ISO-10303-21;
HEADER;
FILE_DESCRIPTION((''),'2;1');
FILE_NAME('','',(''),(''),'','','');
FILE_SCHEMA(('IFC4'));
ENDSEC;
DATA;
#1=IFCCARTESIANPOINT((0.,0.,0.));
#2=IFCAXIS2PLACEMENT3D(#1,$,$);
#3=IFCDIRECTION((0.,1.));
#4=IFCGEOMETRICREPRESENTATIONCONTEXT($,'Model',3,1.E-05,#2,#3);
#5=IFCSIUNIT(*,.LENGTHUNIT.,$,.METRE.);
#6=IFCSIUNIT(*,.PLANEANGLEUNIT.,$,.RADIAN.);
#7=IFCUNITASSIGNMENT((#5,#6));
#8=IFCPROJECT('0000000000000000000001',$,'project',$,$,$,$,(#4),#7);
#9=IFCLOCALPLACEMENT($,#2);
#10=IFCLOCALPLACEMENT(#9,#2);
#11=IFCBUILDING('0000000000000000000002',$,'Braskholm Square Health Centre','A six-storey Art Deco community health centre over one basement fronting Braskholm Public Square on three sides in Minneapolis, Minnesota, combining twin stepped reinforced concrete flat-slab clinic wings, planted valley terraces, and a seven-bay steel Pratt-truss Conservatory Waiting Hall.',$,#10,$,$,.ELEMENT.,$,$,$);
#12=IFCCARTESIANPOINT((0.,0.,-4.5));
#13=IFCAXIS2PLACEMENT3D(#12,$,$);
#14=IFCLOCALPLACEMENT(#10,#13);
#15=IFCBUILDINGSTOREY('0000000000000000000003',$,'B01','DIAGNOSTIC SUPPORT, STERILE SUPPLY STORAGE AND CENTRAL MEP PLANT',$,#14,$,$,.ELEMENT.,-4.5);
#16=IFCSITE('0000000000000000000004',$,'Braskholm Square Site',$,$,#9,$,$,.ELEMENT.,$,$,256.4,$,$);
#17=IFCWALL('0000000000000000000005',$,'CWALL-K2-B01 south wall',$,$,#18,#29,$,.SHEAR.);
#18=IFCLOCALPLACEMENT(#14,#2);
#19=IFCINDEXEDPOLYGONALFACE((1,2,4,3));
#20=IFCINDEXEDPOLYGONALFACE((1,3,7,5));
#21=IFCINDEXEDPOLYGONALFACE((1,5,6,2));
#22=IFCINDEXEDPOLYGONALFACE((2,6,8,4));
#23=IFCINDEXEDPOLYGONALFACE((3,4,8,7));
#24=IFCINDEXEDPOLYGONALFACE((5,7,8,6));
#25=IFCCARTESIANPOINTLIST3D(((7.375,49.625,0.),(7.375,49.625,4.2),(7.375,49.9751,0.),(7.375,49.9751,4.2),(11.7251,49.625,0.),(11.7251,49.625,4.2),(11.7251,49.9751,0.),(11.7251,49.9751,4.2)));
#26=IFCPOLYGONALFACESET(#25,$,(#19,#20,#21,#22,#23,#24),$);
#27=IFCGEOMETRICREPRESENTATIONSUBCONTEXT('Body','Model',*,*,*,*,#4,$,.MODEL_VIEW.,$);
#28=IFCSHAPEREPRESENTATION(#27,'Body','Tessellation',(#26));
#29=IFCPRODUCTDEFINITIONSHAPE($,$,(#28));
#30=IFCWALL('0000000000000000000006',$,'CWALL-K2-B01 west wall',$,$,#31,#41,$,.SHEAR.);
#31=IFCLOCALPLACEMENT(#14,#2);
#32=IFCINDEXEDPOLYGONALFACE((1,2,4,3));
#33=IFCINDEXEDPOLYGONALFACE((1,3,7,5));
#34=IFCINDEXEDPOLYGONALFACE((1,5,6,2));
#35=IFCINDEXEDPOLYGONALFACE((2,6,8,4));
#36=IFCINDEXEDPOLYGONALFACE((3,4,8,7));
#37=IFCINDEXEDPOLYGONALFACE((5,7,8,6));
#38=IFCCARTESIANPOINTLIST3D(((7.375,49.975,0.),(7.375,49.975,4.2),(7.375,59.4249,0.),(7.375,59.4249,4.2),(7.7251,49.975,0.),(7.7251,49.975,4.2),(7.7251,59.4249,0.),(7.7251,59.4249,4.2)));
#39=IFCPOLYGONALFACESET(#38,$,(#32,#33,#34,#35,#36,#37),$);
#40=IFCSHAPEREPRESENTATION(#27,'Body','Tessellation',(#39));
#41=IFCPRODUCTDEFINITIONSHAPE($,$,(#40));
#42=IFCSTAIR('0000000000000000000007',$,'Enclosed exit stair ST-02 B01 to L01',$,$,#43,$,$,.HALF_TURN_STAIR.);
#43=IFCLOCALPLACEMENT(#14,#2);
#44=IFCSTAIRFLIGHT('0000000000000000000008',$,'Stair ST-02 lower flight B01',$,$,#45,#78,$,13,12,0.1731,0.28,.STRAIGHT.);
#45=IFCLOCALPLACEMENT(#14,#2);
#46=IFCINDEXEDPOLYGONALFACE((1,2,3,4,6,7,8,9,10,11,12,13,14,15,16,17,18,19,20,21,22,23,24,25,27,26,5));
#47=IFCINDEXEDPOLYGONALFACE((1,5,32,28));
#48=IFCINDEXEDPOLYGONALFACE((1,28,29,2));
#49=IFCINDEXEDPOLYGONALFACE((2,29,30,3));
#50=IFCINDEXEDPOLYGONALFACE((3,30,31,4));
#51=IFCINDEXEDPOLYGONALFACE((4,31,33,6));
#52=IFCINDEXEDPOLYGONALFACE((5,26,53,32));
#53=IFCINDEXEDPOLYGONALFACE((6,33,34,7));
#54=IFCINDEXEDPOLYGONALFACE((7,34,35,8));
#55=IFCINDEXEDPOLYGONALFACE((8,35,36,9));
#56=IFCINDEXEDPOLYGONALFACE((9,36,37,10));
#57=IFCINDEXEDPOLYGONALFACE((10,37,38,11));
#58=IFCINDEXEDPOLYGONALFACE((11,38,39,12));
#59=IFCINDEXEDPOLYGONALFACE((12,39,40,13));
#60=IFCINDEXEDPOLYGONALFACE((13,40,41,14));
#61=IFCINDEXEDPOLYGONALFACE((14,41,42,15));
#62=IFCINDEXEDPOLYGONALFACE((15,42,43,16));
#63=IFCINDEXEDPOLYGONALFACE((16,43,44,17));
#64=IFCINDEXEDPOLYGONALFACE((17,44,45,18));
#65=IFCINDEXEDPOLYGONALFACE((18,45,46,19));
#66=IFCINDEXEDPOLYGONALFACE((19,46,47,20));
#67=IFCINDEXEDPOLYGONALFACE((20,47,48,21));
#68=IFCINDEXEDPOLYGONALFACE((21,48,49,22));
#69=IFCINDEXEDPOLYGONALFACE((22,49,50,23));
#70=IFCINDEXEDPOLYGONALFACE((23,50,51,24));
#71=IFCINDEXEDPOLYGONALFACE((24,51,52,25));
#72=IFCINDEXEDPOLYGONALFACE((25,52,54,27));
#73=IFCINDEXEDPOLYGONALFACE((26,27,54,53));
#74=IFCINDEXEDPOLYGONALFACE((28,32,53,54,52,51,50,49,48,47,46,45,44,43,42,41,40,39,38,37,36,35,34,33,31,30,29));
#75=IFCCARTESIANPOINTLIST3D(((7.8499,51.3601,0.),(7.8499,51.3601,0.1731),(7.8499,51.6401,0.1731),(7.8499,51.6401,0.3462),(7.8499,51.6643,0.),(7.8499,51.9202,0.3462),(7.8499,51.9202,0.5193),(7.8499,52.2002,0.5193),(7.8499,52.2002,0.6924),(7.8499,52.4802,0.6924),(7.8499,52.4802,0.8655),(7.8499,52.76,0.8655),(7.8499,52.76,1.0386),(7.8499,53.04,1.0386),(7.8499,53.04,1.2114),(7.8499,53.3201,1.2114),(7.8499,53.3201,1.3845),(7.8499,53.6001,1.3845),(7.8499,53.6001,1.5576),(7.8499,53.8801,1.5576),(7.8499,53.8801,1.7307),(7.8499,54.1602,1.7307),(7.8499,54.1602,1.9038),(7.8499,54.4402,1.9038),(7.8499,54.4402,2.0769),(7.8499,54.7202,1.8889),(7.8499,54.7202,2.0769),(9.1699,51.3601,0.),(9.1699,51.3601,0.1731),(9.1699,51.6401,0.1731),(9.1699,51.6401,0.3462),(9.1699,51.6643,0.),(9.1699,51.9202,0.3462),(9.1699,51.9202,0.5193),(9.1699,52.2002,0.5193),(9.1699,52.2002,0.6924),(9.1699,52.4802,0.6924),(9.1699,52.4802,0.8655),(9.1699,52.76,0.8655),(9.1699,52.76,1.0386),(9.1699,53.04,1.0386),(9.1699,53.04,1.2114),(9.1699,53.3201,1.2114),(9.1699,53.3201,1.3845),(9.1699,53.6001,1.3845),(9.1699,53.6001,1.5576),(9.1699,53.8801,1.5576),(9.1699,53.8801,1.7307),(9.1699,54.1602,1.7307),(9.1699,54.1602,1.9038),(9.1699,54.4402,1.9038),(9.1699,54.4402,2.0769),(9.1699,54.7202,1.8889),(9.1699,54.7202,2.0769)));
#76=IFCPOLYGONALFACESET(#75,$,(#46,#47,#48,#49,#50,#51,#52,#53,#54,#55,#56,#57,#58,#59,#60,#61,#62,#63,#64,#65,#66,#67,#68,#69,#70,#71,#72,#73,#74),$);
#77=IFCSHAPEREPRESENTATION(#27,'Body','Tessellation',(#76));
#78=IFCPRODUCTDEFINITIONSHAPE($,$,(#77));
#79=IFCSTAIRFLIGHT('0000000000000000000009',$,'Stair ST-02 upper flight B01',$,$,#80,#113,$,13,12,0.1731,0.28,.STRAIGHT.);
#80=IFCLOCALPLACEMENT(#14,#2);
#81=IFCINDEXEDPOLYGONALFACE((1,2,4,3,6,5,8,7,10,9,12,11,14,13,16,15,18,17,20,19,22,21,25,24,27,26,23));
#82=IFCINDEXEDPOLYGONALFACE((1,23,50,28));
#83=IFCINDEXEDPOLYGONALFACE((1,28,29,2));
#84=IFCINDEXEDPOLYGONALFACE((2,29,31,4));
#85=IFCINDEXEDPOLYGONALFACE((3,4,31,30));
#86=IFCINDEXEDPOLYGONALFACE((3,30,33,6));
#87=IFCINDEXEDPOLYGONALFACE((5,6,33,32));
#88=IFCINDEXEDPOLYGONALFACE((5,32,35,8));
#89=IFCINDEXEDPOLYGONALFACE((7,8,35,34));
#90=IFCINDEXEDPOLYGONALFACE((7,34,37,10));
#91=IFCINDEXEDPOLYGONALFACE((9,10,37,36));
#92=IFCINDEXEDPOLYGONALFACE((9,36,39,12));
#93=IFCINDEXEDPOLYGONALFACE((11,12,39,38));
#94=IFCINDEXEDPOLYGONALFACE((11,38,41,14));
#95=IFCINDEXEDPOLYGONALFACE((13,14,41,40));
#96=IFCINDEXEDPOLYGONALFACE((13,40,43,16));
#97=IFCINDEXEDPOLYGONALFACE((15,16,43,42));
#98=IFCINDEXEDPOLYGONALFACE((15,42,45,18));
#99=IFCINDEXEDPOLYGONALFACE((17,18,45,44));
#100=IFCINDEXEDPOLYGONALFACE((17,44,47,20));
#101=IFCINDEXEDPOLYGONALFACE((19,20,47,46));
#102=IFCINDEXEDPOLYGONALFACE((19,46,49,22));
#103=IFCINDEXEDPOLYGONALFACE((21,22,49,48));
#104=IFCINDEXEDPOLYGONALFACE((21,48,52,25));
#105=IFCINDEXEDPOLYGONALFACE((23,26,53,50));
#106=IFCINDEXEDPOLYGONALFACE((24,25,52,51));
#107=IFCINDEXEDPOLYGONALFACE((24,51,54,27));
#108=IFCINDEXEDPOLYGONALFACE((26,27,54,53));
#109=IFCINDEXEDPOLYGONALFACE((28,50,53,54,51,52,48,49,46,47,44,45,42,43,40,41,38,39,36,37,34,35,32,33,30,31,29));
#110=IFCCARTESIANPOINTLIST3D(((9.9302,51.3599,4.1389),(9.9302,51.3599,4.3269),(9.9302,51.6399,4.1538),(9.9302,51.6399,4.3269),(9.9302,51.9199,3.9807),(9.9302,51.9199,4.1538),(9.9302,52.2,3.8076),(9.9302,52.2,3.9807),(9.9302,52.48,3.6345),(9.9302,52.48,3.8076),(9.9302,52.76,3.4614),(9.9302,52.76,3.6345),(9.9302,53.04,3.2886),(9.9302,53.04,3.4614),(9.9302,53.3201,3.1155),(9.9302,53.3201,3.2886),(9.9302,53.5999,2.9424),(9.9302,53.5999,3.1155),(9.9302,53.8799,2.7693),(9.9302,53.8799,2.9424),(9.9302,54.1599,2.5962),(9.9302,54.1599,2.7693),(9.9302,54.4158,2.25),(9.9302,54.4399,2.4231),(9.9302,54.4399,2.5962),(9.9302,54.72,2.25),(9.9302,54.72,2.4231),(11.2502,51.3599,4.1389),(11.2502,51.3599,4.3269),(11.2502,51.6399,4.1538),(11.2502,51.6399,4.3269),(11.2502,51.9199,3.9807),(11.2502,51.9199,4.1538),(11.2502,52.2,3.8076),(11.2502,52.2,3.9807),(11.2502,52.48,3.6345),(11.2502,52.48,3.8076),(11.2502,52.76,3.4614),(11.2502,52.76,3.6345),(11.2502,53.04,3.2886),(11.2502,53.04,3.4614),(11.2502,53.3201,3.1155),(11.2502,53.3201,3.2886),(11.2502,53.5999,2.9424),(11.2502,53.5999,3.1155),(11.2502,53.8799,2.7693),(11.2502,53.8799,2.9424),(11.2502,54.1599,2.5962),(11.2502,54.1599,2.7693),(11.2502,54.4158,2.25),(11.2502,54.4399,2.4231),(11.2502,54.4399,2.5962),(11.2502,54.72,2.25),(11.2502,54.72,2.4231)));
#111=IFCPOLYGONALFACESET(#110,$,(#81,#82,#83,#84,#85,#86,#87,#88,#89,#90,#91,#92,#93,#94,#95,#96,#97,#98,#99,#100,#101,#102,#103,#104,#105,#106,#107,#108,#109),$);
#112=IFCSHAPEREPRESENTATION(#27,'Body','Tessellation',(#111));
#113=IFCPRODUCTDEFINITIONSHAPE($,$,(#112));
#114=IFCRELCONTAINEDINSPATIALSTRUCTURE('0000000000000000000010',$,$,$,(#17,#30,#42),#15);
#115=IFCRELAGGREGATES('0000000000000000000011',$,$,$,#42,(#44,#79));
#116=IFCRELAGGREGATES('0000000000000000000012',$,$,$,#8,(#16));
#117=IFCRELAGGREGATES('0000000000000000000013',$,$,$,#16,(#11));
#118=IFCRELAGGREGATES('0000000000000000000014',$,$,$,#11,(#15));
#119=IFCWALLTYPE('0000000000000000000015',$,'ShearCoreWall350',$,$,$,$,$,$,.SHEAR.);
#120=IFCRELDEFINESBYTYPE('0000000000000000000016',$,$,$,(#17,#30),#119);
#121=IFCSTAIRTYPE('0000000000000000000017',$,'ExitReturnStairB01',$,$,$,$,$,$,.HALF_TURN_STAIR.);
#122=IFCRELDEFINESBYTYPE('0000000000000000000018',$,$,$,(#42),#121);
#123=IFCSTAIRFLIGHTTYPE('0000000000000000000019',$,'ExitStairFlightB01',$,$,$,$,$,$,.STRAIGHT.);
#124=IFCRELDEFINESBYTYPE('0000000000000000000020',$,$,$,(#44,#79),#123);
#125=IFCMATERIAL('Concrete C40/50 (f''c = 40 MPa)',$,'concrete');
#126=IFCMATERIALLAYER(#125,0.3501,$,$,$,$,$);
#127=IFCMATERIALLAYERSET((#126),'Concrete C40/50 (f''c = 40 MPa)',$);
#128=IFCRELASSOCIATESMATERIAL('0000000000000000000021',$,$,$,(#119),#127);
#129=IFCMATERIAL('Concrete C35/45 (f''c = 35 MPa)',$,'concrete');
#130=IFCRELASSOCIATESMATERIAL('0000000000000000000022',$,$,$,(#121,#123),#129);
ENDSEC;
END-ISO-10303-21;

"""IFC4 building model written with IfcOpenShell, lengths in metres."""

from ifc_helpers import new_model, si_unit, direction, frame, frame_2d, origin, place, context, subcontext, project, spatial, polyline, rectangle, outline, extrude, material, layer, layer_set, type_object, element, aggregate, save


model = new_model("IFC4")

# Units and contexts
model_context = context("Model", 3, precision=1e-05, world=origin(), true_north=direction((0.0, 1.0)))
body_context = subcontext(model_context, "Body", "Model", "MODEL_VIEW")
ifc_project = project(units=[si_unit("LENGTHUNIT", "METRE"), si_unit("PLANEANGLEUNIT", "RADIAN")], contexts=[model_context])

# Site, building, storey
site_placement = place(None, origin())
site = spatial("IfcSite", under=ifc_project, at=site_placement, Name="Braskholm Square Site", CompositionType="ELEMENT", RefElevation=256.4)
building_placement = place(site_placement, origin())
building = spatial("IfcBuilding", under=site, at=building_placement, Name="Braskholm Square Health Centre", Description="A six-storey Art Deco community health centre over one basement fronting Braskholm Public Square on three sides in Minneapolis, Minnesota, combining twin stepped reinforced concrete flat-slab clinic wings, planted valley terraces, and a seven-bay steel Pratt-truss Conservatory Waiting Hall.", CompositionType="ELEMENT")
storey_placement = place(building_placement, frame((0.0, 0.0, -4.5)))
storey = spatial("IfcBuildingStorey", under=building, at=storey_placement, Name="B01", Description="DIAGNOSTIC SUPPORT, STERILE SUPPLY STORAGE AND CENTRAL MEP PLANT", CompositionType="ELEMENT", Elevation=-4.5)

# Shared definitions
ifc_material_1 = material(Name="Concrete C40/50 (f'c = 40 MPa)", Category="concrete")

# Walls
ifc_layer_1 = layer(ifc_material_1, 0.3501)
ifc_layer_set_1 = layer_set([ifc_layer_1], Name="Concrete C40/50 (f'c = 40 MPa)")
wall_type_1 = type_object("IfcWallType", Name="ShearCoreWall350", PredefinedType="SHEAR", material=ifc_layer_set_1)
wall_1_placement = place(storey_placement, frame((7.375, 49.8, 0.0), z_axis=(0.0, 0.0, 1.0), x_axis=(1.0, 0.0, 0.0)))
element("IfcWall", 1, at=wall_1_placement, inside=storey, type_object=wall_type_1, Name="CWALL-K2-B01 south wall", PredefinedType="SHEAR", context=body_context, shape_type="SweptSolid", body=[
    extrude(rectangle(XDim=4.3501, YDim=0.3501, at=frame_2d((2.175, 0.0))), origin(), (0.0, 0.0, 1.0), 4.2),
])
wall_2_placement = place(storey_placement, frame((7.55, 59.425, 0.0), z_axis=(0.0, 0.0, 1.0), x_axis=(0.0, -1.0, 0.0)))
element("IfcWall", 2, at=wall_2_placement, inside=storey, type_object=wall_type_1, Name="CWALL-K2-B01 west wall", PredefinedType="SHEAR", context=body_context, shape_type="SweptSolid", body=[
    extrude(rectangle(XDim=9.45, YDim=0.3501, at=frame_2d((4.7251, 0.0))), origin(), (0.0, 0.0, 1.0), 4.2),
])

# Stair, stair flights
ifc_material_2 = material(Name="Concrete C35/45 (f'c = 35 MPa)", Category="concrete")
stair_type = type_object("IfcStairType", Name="ExitReturnStairB01", PredefinedType="HALF_TURN_STAIR", material=ifc_material_2)
stair_placement = place(storey_placement, origin())
stair = element("IfcStair", 3, at=stair_placement, inside=storey, type_object=stair_type, Name="Enclosed exit stair ST-02 B01 to L01", PredefinedType="HALF_TURN_STAIR")
stair_flight_type = type_object("IfcStairFlightType", Name="ExitStairFlightB01", PredefinedType="STRAIGHT", material=ifc_material_2)
stair_flight_1_placement = place(storey_placement, frame((8.51, 51.3601, 0.0), z_axis=(0.0, 0.0, 1.0), x_axis=(0.0, 1.0, 0.0)))
stair_flight_1 = element("IfcStairFlight", 4, at=stair_flight_1_placement, type_object=stair_flight_type, Name="Stair ST-02 lower flight B01", NumberOfRisers=13, NumberOfTreads=12, PredefinedType="STRAIGHT", RiserHeight=0.1731, TreadLength=0.28, context=body_context, shape_type="SweptSolid", body=[
    extrude(outline(polyline([(0.0, 0.0), (0.0, 0.1731), (0.28, 0.1731), (0.28, 0.3462), (0.5601, 0.3462), (0.5601, 0.5193), (0.8401, 0.5193), (0.8401, 0.6924), (1.1201, 0.6924), (1.1201, 0.8655), (1.3999, 0.8655), (1.3999, 1.0386), (1.6799, 1.0386), (1.6799, 1.2114), (1.96, 1.2114), (1.96, 1.3845), (2.24, 1.3845), (2.24, 1.5576), (2.52, 1.5576), (2.52, 1.7307), (2.8, 1.7307), (2.8, 1.9038), (3.0801, 1.9038), (3.0801, 2.0769), (3.3601, 2.0769), (3.3601, 2.25), (3.3601, 1.8889), (0.3042, 0.0), (0.0, 0.0)])), frame((0.0, 0.6602, 0.0), z_axis=(0.0, -1.0, 0.0), x_axis=(1.0, 0.0, 0.0)), (0.0, 0.0, 1.0), 1.3201),
])
stair_flight_2_placement = place(storey_placement, frame((10.5901, 54.72, 2.25), z_axis=(0.0, 0.0, 1.0), x_axis=(0.0, -1.0, 0.0)))
stair_flight_2 = element("IfcStairFlight", 5, at=stair_flight_2_placement, type_object=stair_flight_type, Name="Stair ST-02 upper flight B01", NumberOfRisers=13, NumberOfTreads=12, PredefinedType="STRAIGHT", RiserHeight=0.1731, TreadLength=0.28, context=body_context, shape_type="SweptSolid", body=[
    extrude(outline(polyline([(0.0, 0.0), (0.0, 0.1731), (0.28, 0.1731), (0.28, 0.3462), (0.5601, 0.3462), (0.5601, 0.5193), (0.8401, 0.5193), (0.8401, 0.6924), (1.1201, 0.6924), (1.1201, 0.8655), (1.3999, 0.8655), (1.3999, 1.0386), (1.6799, 1.0386), (1.6799, 1.2114), (1.96, 1.2114), (1.96, 1.3845), (2.24, 1.3845), (2.24, 1.5576), (2.52, 1.5576), (2.52, 1.7307), (2.8, 1.7307), (2.8, 1.9038), (3.0801, 1.9038), (3.0801, 2.0769), (3.3601, 2.0769), (3.3601, 2.25), (3.3601, 1.8889), (0.3042, 0.0), (0.0, 0.0)])), frame((0.0, 0.6602, 0.0), z_axis=(0.0, -1.0, 0.0), x_axis=(1.0, 0.0, 0.0)), (0.0, 0.0, 1.0), 1.3201),
])
aggregate(stair, [stair_flight_1, stair_flight_2])

save(model, "model.ifc")
